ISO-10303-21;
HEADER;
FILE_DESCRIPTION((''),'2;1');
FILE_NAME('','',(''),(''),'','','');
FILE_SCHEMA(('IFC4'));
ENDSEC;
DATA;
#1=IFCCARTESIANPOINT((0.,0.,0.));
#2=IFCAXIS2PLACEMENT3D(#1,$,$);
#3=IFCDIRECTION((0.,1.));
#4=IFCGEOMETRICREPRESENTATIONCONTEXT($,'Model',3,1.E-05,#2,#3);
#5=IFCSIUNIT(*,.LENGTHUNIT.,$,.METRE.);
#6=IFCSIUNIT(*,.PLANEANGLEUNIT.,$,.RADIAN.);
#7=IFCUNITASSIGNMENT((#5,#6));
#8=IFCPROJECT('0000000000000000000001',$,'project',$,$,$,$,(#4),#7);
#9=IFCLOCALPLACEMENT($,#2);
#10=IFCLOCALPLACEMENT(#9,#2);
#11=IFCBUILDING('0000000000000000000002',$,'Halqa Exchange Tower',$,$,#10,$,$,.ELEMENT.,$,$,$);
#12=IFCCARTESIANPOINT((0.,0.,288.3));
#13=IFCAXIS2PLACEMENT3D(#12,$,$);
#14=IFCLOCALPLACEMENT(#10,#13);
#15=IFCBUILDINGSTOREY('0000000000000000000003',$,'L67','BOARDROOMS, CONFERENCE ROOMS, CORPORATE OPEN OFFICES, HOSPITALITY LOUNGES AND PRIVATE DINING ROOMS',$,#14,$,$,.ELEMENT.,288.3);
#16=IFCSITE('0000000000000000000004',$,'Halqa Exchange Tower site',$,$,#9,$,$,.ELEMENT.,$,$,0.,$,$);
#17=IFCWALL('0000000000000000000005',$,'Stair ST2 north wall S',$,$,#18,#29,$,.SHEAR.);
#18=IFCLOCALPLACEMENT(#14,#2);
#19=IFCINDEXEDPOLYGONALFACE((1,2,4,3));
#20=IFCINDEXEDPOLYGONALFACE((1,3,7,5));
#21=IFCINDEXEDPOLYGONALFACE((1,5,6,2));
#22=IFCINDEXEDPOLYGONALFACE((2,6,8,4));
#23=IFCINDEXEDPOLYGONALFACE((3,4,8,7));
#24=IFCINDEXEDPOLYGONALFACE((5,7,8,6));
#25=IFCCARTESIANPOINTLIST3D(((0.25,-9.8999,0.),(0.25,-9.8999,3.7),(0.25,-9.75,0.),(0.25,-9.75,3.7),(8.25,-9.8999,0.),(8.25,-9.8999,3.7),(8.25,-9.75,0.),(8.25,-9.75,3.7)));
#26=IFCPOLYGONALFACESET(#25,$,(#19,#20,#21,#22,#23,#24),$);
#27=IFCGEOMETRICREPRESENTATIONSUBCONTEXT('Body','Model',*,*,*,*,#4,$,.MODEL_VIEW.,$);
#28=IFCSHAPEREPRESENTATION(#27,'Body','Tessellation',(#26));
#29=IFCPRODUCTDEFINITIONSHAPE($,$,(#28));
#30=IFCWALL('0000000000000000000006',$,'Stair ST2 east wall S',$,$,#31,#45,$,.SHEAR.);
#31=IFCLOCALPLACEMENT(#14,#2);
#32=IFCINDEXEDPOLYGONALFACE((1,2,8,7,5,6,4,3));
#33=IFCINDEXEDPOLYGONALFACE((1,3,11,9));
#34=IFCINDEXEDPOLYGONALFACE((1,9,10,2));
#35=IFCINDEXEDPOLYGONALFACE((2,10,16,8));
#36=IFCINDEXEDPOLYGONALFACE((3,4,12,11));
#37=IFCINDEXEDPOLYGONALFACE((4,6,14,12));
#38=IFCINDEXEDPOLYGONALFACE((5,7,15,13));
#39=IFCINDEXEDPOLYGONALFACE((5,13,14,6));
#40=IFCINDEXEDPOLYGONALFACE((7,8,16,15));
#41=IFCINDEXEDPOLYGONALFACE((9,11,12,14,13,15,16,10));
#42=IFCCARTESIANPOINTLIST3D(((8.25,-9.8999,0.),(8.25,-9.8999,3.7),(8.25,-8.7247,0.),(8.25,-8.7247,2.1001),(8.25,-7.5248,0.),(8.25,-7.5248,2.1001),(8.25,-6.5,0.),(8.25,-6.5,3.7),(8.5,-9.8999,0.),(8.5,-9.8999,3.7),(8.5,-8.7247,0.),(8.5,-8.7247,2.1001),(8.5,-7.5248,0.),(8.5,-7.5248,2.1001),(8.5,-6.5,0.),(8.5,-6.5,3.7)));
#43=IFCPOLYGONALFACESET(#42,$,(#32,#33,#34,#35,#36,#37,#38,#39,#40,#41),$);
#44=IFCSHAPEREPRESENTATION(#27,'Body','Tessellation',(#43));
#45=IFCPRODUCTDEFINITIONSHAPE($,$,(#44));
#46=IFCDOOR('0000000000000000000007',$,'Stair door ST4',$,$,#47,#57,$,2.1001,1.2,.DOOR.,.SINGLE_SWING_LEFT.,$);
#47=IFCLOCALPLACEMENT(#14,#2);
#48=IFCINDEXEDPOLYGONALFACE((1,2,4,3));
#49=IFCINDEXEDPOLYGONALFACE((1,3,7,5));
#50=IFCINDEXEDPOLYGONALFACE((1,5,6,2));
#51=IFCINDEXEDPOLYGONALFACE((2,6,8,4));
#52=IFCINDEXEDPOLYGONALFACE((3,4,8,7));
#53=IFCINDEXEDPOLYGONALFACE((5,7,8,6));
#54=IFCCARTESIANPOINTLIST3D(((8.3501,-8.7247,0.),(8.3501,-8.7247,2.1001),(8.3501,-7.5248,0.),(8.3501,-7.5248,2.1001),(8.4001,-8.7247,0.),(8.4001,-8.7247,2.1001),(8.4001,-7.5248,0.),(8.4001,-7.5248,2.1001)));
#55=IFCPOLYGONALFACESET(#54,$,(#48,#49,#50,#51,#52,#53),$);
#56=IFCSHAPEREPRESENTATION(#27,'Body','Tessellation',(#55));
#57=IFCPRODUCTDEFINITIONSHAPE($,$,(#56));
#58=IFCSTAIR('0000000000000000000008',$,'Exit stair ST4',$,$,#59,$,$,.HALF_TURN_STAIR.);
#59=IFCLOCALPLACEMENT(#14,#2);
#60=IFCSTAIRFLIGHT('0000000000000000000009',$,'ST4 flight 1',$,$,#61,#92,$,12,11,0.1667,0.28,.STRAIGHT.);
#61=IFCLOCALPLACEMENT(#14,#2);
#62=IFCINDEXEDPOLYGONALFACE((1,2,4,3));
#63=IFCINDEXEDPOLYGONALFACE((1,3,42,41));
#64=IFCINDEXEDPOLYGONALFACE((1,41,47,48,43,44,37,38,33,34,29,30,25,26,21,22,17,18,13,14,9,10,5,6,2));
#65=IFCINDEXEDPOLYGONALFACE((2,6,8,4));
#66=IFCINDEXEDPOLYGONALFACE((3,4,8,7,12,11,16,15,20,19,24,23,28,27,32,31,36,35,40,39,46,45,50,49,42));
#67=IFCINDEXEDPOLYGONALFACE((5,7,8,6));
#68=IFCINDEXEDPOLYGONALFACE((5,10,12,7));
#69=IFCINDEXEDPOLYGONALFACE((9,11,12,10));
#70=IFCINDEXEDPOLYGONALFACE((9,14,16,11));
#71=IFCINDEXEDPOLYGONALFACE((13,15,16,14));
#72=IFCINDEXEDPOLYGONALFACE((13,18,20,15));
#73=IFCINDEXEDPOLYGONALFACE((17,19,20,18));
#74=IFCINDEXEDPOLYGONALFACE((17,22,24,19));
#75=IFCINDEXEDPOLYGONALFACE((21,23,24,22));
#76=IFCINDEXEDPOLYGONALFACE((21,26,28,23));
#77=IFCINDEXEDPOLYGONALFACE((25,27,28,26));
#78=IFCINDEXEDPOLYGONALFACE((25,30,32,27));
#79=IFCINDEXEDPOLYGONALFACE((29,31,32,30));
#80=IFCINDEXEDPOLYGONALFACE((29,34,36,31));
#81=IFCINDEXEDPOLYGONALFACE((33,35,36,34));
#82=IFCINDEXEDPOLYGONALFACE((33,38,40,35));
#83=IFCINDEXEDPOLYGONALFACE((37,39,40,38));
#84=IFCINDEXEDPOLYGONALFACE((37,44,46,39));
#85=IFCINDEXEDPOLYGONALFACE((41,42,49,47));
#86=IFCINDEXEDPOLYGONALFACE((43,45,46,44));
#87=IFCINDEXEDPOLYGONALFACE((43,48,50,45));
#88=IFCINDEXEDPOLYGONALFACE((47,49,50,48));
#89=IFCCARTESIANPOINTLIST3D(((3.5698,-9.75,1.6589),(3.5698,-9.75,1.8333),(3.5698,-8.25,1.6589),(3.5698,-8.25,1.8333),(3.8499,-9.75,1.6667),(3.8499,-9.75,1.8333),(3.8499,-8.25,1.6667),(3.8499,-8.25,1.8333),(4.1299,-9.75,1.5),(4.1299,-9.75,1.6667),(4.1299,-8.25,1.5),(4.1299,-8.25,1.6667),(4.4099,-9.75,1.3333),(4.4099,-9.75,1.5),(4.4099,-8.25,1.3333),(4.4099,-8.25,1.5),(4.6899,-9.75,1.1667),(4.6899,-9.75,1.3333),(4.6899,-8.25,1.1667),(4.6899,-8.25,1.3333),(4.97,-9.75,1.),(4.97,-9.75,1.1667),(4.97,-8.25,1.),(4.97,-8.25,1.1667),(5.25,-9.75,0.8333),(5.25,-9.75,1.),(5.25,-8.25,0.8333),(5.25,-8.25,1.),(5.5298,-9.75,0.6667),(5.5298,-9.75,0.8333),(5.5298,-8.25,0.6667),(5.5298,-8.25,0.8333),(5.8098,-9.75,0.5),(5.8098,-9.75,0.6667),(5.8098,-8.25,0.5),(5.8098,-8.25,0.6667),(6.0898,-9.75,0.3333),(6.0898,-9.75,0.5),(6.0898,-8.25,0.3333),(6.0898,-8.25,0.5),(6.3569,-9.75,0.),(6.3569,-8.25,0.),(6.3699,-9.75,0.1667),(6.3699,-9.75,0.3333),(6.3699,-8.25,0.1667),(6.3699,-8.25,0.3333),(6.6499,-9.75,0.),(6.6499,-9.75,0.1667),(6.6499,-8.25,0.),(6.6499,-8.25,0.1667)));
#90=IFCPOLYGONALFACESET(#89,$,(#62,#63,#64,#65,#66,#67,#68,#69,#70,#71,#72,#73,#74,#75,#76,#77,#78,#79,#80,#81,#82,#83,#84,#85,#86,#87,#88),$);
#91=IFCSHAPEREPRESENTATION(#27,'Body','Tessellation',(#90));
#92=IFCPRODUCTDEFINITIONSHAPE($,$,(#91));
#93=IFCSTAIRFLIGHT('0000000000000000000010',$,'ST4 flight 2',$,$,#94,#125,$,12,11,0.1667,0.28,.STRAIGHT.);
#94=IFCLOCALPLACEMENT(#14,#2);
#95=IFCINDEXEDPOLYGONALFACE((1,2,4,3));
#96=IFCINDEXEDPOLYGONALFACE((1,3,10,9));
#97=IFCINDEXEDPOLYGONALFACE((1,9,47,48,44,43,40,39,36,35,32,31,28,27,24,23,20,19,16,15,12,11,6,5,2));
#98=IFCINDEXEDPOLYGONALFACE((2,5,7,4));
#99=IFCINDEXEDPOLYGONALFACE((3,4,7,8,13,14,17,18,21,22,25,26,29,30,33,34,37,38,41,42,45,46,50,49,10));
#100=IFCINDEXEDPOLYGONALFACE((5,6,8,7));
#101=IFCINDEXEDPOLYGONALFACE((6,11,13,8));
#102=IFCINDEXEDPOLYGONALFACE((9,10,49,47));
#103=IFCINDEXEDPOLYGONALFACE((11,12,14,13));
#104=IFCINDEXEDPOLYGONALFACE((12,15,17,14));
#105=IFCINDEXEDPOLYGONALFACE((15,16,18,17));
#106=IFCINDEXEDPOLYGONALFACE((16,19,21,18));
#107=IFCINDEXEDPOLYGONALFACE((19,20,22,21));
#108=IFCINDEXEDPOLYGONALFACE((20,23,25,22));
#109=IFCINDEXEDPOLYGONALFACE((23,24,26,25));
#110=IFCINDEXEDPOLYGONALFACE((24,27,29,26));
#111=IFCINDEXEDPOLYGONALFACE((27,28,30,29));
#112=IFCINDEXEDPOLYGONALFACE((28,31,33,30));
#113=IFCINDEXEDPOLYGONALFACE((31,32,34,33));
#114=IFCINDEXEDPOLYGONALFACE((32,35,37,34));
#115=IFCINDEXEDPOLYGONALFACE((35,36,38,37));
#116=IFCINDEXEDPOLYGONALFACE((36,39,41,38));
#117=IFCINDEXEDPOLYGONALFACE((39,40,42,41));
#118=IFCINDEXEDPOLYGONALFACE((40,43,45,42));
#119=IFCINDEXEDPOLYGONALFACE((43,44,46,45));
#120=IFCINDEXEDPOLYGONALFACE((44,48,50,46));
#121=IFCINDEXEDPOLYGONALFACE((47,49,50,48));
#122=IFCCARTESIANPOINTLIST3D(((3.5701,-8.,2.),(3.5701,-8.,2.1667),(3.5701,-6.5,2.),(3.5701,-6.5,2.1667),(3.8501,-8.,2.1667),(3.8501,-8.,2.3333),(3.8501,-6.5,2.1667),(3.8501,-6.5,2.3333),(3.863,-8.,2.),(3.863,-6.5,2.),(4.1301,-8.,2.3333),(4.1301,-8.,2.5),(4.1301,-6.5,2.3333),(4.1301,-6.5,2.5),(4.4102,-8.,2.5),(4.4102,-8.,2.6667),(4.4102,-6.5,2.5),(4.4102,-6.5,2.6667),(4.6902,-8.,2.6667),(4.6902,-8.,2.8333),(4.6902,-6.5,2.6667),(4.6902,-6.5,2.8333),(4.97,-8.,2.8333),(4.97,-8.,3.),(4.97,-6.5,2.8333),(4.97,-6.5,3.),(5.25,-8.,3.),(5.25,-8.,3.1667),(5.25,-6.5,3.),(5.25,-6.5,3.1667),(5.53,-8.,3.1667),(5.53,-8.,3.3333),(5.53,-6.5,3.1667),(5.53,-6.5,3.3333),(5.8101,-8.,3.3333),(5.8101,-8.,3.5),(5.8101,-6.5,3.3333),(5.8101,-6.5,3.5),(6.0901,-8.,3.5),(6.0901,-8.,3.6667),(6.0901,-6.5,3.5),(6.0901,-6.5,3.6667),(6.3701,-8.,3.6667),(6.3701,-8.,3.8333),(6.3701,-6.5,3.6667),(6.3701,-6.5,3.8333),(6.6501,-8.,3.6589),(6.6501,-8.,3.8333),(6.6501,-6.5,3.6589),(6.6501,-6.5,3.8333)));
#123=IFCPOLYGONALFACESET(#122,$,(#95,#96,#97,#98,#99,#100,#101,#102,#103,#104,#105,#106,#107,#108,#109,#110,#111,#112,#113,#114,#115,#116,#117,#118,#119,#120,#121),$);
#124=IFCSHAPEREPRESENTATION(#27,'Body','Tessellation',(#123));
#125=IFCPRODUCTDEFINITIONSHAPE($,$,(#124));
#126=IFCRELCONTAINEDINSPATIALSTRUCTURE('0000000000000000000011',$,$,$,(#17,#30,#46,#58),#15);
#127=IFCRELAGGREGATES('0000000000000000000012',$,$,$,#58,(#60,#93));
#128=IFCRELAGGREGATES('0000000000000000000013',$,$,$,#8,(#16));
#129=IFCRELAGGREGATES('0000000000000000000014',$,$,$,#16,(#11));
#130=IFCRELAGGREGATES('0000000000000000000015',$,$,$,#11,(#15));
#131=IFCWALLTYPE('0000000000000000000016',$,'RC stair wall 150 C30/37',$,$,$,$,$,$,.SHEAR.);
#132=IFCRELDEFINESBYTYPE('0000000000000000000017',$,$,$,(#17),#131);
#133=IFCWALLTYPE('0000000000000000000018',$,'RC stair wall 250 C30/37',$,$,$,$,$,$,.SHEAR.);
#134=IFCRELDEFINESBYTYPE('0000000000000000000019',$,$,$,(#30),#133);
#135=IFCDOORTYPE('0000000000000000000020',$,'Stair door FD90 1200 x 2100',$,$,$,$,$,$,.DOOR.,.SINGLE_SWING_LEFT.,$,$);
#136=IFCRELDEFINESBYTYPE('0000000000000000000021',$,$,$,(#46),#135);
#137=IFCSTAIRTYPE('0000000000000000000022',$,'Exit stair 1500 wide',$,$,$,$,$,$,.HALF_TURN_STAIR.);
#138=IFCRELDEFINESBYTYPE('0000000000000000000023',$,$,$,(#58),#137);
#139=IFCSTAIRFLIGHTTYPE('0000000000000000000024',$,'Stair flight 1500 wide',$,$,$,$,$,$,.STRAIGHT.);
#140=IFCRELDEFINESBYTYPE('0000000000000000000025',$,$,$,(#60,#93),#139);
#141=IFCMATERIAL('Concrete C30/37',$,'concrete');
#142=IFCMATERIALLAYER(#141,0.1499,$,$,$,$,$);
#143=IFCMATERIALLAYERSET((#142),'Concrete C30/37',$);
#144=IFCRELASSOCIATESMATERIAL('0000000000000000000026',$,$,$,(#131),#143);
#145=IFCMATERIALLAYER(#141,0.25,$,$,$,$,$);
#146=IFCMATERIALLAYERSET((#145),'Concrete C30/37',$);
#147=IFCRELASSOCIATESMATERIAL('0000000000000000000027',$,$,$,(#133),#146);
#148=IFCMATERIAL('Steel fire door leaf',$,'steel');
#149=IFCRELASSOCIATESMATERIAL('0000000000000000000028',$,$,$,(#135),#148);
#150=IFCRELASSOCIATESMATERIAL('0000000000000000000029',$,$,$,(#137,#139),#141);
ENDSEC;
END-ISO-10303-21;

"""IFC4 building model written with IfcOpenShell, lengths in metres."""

from ifc_helpers import new_model, si_unit, direction, frame, frame_2d, origin, place, context, subcontext, project, spatial, polyline, rectangle, outline, extrude, material, layer, layer_set, type_object, element, fill, aggregate, save


model = new_model("IFC4")

# Units and contexts
model_context = context("Model", 3, precision=1e-05, world=origin(), true_north=direction((0.0, 1.0)))
body_context = subcontext(model_context, "Body", "Model", "MODEL_VIEW")
ifc_project = project(units=[si_unit("LENGTHUNIT", "METRE"), si_unit("PLANEANGLEUNIT", "RADIAN")], contexts=[model_context])

# Site, building, storey
site_placement = place(None, origin())
site = spatial("IfcSite", under=ifc_project, at=site_placement, Name="Halqa Exchange Tower site", CompositionType="ELEMENT", RefElevation=0.0)
building_placement = place(site_placement, origin())
building = spatial("IfcBuilding", under=site, at=building_placement, Name="Halqa Exchange Tower", CompositionType="ELEMENT")
storey_placement = place(building_placement, frame((0.0, 0.0, 288.3)))
storey = spatial("IfcBuildingStorey", under=building, at=storey_placement, Name="L67", Description="BOARDROOMS, CONFERENCE ROOMS, CORPORATE OPEN OFFICES, HOSPITALITY LOUNGES AND PRIVATE DINING ROOMS", CompositionType="ELEMENT", Elevation=288.3)

# Shared definitions
ifc_material_1 = material(Name="Steel fire door leaf", Category="steel")

# Wall
ifc_material_2 = material(Name="Concrete C30/37", Category="concrete")
ifc_layer_1 = layer(ifc_material_2, 0.1499)
ifc_layer_set_1 = layer_set([ifc_layer_1], Name="Concrete C30/37")
wall_type_1 = type_object("IfcWallType", Name="RC stair wall 150 C30/37", PredefinedType="SHEAR", material=ifc_layer_set_1)
wall_1_placement = place(storey_placement, frame((0.25, -9.825, 0.0), z_axis=(0.0, 0.0, 1.0), x_axis=(1.0, 0.0, 0.0)))
element("IfcWall", 1, at=wall_1_placement, inside=storey, type_object=wall_type_1, Name="Stair ST2 north wall S", PredefinedType="SHEAR", context=body_context, shape_type="SweptSolid", body=[
    extrude(rectangle(XDim=8.0, YDim=0.1499, at=frame_2d((4.0, 0.0))), origin(), (0.0, 0.0, 1.0), 3.7),
])

# Wall, opening, door
ifc_layer_2 = layer(ifc_material_2, 0.25)
ifc_layer_set_2 = layer_set([ifc_layer_2], Name="Concrete C30/37")
wall_type_2 = type_object("IfcWallType", Name="RC stair wall 250 C30/37", PredefinedType="SHEAR", material=ifc_layer_set_2)
wall_2_placement = place(storey_placement, frame((8.375, -9.8999, 0.0), z_axis=(0.0, 0.0, 1.0), x_axis=(0.0, 1.0, 0.0)))
wall_2 = element("IfcWall", 2, at=wall_2_placement, inside=storey, type_object=wall_type_2, Name="Stair ST2 east wall S", PredefinedType="SHEAR", context=body_context, shape_type="SweptSolid", body=[
    extrude(rectangle(XDim=3.3999, YDim=0.25, at=frame_2d((1.7, 0.0))), origin(), (0.0, 0.0, 1.0), 3.7),
])
opening_1_placement = place(wall_2_placement, frame((1.175, 0.0, 0.0)))
opening_1 = element("IfcOpeningElement", 3, at=opening_1_placement, cuts=wall_2, PredefinedType="OPENING", context=body_context, shape_type="SweptSolid", body=[
    extrude(rectangle(XDim=1.2, YDim=2.1001, at=frame_2d((0.6001, 1.05))), frame((0.0, 0.137, 0.0), z_axis=(0.0, -1.0, 0.0), x_axis=(1.0, 0.0, 0.0)), (0.0, 0.0, 1.0), 0.2739),
])
door_type_1 = type_object("IfcDoorType", Name="Stair door FD90 1200 x 2100", OperationType="SINGLE_SWING_LEFT", PredefinedType="DOOR", material=ifc_material_1)
door_1_placement = place(opening_1_placement, origin())
door_1 = element("IfcDoor", 4, at=door_1_placement, inside=storey, type_object=door_type_1, Name="Stair door ST4", OperationType="SINGLE_SWING_LEFT", OverallHeight=2.1001, OverallWidth=1.2, PredefinedType="DOOR", context=body_context, shape_type="SweptSolid", body=[
    extrude(rectangle(XDim=1.2, YDim=2.1001, at=frame_2d((0.6001, 1.05))), frame((0.0, 0.0249, 0.0), z_axis=(0.0, -1.0, 0.0), x_axis=(1.0, 0.0, 0.0)), (0.0, 0.0, 1.0), 0.05),
])
fill(opening_1, door_1)

# Stair, stair flights
stair_type = type_object("IfcStairType", Name="Exit stair 1500 wide", PredefinedType="HALF_TURN_STAIR", material=ifc_material_2)
stair_placement = place(storey_placement, origin())
stair = element("IfcStair", 5, at=stair_placement, inside=storey, type_object=stair_type, Name="Exit stair ST4", PredefinedType="HALF_TURN_STAIR")
stair_flight_type = type_object("IfcStairFlightType", Name="Stair flight 1500 wide", PredefinedType="STRAIGHT", material=ifc_material_2)
stair_flight_1_placement = place(storey_placement, frame((6.6499, -9.0, 0.0), z_axis=(0.0, 0.0, 1.0), x_axis=(-1.0, 0.0, 0.0)))
stair_flight_1 = element("IfcStairFlight", 6, at=stair_flight_1_placement, type_object=stair_flight_type, Name="ST4 flight 1", NumberOfRisers=12, NumberOfTreads=11, PredefinedType="STRAIGHT", RiserHeight=0.1667, TreadLength=0.28, context=body_context, shape_type="SweptSolid", body=[
    extrude(outline(polyline([(0.0, 0.0), (0.0, 0.1667), (0.28, 0.1667), (0.28, 0.3333), (0.5601, 0.3333), (0.5601, 0.5), (0.8401, 0.5), (0.8401, 0.6667), (1.1201, 0.6667), (1.1201, 0.8333), (1.3999, 0.8333), (1.3999, 1.0), (1.6799, 1.0), (1.6799, 1.1667), (1.96, 1.1667), (1.96, 1.3333), (2.24, 1.3333), (2.24, 1.5), (2.52, 1.5), (2.52, 1.6667), (2.8, 1.6667), (2.8, 1.8333), (3.0801, 1.8333), (3.0801, 2.0), (3.0801, 1.6589), (0.293, 0.0), (0.0, 0.0)])), frame((0.0, 0.75, 0.0), z_axis=(0.0, -1.0, 0.0), x_axis=(1.0, 0.0, 0.0)), (0.0, 0.0, 1.0), 1.5),
])
stair_flight_2_placement = place(storey_placement, frame((3.5701, -7.25, 2.0), z_axis=(0.0, 0.0, 1.0), x_axis=(1.0, 0.0, 0.0)))
stair_flight_2 = element("IfcStairFlight", 7, at=stair_flight_2_placement, type_object=stair_flight_type, Name="ST4 flight 2", NumberOfRisers=12, NumberOfTreads=11, PredefinedType="STRAIGHT", RiserHeight=0.1667, TreadLength=0.28, context=body_context, shape_type="SweptSolid", body=[
    extrude(outline(polyline([(0.0, 0.0), (0.0, 0.1667), (0.28, 0.1667), (0.28, 0.3333), (0.5601, 0.3333), (0.5601, 0.5), (0.8401, 0.5), (0.8401, 0.6667), (1.1201, 0.6667), (1.1201, 0.8333), (1.3999, 0.8333), (1.3999, 1.0), (1.6799, 1.0), (1.6799, 1.1667), (1.96, 1.1667), (1.96, 1.3333), (2.24, 1.3333), (2.24, 1.5), (2.52, 1.5), (2.52, 1.6667), (2.8, 1.6667), (2.8, 1.8333), (3.0801, 1.8333), (3.0801, 2.0), (3.0801, 1.6589), (0.293, 0.0), (0.0, 0.0)])), frame((0.0, 0.75, 0.0), z_axis=(0.0, -1.0, 0.0), x_axis=(1.0, 0.0, 0.0)), (0.0, 0.0, 1.0), 1.5),
])
aggregate(stair, [stair_flight_1, stair_flight_2])

save(model, "model.ifc")
